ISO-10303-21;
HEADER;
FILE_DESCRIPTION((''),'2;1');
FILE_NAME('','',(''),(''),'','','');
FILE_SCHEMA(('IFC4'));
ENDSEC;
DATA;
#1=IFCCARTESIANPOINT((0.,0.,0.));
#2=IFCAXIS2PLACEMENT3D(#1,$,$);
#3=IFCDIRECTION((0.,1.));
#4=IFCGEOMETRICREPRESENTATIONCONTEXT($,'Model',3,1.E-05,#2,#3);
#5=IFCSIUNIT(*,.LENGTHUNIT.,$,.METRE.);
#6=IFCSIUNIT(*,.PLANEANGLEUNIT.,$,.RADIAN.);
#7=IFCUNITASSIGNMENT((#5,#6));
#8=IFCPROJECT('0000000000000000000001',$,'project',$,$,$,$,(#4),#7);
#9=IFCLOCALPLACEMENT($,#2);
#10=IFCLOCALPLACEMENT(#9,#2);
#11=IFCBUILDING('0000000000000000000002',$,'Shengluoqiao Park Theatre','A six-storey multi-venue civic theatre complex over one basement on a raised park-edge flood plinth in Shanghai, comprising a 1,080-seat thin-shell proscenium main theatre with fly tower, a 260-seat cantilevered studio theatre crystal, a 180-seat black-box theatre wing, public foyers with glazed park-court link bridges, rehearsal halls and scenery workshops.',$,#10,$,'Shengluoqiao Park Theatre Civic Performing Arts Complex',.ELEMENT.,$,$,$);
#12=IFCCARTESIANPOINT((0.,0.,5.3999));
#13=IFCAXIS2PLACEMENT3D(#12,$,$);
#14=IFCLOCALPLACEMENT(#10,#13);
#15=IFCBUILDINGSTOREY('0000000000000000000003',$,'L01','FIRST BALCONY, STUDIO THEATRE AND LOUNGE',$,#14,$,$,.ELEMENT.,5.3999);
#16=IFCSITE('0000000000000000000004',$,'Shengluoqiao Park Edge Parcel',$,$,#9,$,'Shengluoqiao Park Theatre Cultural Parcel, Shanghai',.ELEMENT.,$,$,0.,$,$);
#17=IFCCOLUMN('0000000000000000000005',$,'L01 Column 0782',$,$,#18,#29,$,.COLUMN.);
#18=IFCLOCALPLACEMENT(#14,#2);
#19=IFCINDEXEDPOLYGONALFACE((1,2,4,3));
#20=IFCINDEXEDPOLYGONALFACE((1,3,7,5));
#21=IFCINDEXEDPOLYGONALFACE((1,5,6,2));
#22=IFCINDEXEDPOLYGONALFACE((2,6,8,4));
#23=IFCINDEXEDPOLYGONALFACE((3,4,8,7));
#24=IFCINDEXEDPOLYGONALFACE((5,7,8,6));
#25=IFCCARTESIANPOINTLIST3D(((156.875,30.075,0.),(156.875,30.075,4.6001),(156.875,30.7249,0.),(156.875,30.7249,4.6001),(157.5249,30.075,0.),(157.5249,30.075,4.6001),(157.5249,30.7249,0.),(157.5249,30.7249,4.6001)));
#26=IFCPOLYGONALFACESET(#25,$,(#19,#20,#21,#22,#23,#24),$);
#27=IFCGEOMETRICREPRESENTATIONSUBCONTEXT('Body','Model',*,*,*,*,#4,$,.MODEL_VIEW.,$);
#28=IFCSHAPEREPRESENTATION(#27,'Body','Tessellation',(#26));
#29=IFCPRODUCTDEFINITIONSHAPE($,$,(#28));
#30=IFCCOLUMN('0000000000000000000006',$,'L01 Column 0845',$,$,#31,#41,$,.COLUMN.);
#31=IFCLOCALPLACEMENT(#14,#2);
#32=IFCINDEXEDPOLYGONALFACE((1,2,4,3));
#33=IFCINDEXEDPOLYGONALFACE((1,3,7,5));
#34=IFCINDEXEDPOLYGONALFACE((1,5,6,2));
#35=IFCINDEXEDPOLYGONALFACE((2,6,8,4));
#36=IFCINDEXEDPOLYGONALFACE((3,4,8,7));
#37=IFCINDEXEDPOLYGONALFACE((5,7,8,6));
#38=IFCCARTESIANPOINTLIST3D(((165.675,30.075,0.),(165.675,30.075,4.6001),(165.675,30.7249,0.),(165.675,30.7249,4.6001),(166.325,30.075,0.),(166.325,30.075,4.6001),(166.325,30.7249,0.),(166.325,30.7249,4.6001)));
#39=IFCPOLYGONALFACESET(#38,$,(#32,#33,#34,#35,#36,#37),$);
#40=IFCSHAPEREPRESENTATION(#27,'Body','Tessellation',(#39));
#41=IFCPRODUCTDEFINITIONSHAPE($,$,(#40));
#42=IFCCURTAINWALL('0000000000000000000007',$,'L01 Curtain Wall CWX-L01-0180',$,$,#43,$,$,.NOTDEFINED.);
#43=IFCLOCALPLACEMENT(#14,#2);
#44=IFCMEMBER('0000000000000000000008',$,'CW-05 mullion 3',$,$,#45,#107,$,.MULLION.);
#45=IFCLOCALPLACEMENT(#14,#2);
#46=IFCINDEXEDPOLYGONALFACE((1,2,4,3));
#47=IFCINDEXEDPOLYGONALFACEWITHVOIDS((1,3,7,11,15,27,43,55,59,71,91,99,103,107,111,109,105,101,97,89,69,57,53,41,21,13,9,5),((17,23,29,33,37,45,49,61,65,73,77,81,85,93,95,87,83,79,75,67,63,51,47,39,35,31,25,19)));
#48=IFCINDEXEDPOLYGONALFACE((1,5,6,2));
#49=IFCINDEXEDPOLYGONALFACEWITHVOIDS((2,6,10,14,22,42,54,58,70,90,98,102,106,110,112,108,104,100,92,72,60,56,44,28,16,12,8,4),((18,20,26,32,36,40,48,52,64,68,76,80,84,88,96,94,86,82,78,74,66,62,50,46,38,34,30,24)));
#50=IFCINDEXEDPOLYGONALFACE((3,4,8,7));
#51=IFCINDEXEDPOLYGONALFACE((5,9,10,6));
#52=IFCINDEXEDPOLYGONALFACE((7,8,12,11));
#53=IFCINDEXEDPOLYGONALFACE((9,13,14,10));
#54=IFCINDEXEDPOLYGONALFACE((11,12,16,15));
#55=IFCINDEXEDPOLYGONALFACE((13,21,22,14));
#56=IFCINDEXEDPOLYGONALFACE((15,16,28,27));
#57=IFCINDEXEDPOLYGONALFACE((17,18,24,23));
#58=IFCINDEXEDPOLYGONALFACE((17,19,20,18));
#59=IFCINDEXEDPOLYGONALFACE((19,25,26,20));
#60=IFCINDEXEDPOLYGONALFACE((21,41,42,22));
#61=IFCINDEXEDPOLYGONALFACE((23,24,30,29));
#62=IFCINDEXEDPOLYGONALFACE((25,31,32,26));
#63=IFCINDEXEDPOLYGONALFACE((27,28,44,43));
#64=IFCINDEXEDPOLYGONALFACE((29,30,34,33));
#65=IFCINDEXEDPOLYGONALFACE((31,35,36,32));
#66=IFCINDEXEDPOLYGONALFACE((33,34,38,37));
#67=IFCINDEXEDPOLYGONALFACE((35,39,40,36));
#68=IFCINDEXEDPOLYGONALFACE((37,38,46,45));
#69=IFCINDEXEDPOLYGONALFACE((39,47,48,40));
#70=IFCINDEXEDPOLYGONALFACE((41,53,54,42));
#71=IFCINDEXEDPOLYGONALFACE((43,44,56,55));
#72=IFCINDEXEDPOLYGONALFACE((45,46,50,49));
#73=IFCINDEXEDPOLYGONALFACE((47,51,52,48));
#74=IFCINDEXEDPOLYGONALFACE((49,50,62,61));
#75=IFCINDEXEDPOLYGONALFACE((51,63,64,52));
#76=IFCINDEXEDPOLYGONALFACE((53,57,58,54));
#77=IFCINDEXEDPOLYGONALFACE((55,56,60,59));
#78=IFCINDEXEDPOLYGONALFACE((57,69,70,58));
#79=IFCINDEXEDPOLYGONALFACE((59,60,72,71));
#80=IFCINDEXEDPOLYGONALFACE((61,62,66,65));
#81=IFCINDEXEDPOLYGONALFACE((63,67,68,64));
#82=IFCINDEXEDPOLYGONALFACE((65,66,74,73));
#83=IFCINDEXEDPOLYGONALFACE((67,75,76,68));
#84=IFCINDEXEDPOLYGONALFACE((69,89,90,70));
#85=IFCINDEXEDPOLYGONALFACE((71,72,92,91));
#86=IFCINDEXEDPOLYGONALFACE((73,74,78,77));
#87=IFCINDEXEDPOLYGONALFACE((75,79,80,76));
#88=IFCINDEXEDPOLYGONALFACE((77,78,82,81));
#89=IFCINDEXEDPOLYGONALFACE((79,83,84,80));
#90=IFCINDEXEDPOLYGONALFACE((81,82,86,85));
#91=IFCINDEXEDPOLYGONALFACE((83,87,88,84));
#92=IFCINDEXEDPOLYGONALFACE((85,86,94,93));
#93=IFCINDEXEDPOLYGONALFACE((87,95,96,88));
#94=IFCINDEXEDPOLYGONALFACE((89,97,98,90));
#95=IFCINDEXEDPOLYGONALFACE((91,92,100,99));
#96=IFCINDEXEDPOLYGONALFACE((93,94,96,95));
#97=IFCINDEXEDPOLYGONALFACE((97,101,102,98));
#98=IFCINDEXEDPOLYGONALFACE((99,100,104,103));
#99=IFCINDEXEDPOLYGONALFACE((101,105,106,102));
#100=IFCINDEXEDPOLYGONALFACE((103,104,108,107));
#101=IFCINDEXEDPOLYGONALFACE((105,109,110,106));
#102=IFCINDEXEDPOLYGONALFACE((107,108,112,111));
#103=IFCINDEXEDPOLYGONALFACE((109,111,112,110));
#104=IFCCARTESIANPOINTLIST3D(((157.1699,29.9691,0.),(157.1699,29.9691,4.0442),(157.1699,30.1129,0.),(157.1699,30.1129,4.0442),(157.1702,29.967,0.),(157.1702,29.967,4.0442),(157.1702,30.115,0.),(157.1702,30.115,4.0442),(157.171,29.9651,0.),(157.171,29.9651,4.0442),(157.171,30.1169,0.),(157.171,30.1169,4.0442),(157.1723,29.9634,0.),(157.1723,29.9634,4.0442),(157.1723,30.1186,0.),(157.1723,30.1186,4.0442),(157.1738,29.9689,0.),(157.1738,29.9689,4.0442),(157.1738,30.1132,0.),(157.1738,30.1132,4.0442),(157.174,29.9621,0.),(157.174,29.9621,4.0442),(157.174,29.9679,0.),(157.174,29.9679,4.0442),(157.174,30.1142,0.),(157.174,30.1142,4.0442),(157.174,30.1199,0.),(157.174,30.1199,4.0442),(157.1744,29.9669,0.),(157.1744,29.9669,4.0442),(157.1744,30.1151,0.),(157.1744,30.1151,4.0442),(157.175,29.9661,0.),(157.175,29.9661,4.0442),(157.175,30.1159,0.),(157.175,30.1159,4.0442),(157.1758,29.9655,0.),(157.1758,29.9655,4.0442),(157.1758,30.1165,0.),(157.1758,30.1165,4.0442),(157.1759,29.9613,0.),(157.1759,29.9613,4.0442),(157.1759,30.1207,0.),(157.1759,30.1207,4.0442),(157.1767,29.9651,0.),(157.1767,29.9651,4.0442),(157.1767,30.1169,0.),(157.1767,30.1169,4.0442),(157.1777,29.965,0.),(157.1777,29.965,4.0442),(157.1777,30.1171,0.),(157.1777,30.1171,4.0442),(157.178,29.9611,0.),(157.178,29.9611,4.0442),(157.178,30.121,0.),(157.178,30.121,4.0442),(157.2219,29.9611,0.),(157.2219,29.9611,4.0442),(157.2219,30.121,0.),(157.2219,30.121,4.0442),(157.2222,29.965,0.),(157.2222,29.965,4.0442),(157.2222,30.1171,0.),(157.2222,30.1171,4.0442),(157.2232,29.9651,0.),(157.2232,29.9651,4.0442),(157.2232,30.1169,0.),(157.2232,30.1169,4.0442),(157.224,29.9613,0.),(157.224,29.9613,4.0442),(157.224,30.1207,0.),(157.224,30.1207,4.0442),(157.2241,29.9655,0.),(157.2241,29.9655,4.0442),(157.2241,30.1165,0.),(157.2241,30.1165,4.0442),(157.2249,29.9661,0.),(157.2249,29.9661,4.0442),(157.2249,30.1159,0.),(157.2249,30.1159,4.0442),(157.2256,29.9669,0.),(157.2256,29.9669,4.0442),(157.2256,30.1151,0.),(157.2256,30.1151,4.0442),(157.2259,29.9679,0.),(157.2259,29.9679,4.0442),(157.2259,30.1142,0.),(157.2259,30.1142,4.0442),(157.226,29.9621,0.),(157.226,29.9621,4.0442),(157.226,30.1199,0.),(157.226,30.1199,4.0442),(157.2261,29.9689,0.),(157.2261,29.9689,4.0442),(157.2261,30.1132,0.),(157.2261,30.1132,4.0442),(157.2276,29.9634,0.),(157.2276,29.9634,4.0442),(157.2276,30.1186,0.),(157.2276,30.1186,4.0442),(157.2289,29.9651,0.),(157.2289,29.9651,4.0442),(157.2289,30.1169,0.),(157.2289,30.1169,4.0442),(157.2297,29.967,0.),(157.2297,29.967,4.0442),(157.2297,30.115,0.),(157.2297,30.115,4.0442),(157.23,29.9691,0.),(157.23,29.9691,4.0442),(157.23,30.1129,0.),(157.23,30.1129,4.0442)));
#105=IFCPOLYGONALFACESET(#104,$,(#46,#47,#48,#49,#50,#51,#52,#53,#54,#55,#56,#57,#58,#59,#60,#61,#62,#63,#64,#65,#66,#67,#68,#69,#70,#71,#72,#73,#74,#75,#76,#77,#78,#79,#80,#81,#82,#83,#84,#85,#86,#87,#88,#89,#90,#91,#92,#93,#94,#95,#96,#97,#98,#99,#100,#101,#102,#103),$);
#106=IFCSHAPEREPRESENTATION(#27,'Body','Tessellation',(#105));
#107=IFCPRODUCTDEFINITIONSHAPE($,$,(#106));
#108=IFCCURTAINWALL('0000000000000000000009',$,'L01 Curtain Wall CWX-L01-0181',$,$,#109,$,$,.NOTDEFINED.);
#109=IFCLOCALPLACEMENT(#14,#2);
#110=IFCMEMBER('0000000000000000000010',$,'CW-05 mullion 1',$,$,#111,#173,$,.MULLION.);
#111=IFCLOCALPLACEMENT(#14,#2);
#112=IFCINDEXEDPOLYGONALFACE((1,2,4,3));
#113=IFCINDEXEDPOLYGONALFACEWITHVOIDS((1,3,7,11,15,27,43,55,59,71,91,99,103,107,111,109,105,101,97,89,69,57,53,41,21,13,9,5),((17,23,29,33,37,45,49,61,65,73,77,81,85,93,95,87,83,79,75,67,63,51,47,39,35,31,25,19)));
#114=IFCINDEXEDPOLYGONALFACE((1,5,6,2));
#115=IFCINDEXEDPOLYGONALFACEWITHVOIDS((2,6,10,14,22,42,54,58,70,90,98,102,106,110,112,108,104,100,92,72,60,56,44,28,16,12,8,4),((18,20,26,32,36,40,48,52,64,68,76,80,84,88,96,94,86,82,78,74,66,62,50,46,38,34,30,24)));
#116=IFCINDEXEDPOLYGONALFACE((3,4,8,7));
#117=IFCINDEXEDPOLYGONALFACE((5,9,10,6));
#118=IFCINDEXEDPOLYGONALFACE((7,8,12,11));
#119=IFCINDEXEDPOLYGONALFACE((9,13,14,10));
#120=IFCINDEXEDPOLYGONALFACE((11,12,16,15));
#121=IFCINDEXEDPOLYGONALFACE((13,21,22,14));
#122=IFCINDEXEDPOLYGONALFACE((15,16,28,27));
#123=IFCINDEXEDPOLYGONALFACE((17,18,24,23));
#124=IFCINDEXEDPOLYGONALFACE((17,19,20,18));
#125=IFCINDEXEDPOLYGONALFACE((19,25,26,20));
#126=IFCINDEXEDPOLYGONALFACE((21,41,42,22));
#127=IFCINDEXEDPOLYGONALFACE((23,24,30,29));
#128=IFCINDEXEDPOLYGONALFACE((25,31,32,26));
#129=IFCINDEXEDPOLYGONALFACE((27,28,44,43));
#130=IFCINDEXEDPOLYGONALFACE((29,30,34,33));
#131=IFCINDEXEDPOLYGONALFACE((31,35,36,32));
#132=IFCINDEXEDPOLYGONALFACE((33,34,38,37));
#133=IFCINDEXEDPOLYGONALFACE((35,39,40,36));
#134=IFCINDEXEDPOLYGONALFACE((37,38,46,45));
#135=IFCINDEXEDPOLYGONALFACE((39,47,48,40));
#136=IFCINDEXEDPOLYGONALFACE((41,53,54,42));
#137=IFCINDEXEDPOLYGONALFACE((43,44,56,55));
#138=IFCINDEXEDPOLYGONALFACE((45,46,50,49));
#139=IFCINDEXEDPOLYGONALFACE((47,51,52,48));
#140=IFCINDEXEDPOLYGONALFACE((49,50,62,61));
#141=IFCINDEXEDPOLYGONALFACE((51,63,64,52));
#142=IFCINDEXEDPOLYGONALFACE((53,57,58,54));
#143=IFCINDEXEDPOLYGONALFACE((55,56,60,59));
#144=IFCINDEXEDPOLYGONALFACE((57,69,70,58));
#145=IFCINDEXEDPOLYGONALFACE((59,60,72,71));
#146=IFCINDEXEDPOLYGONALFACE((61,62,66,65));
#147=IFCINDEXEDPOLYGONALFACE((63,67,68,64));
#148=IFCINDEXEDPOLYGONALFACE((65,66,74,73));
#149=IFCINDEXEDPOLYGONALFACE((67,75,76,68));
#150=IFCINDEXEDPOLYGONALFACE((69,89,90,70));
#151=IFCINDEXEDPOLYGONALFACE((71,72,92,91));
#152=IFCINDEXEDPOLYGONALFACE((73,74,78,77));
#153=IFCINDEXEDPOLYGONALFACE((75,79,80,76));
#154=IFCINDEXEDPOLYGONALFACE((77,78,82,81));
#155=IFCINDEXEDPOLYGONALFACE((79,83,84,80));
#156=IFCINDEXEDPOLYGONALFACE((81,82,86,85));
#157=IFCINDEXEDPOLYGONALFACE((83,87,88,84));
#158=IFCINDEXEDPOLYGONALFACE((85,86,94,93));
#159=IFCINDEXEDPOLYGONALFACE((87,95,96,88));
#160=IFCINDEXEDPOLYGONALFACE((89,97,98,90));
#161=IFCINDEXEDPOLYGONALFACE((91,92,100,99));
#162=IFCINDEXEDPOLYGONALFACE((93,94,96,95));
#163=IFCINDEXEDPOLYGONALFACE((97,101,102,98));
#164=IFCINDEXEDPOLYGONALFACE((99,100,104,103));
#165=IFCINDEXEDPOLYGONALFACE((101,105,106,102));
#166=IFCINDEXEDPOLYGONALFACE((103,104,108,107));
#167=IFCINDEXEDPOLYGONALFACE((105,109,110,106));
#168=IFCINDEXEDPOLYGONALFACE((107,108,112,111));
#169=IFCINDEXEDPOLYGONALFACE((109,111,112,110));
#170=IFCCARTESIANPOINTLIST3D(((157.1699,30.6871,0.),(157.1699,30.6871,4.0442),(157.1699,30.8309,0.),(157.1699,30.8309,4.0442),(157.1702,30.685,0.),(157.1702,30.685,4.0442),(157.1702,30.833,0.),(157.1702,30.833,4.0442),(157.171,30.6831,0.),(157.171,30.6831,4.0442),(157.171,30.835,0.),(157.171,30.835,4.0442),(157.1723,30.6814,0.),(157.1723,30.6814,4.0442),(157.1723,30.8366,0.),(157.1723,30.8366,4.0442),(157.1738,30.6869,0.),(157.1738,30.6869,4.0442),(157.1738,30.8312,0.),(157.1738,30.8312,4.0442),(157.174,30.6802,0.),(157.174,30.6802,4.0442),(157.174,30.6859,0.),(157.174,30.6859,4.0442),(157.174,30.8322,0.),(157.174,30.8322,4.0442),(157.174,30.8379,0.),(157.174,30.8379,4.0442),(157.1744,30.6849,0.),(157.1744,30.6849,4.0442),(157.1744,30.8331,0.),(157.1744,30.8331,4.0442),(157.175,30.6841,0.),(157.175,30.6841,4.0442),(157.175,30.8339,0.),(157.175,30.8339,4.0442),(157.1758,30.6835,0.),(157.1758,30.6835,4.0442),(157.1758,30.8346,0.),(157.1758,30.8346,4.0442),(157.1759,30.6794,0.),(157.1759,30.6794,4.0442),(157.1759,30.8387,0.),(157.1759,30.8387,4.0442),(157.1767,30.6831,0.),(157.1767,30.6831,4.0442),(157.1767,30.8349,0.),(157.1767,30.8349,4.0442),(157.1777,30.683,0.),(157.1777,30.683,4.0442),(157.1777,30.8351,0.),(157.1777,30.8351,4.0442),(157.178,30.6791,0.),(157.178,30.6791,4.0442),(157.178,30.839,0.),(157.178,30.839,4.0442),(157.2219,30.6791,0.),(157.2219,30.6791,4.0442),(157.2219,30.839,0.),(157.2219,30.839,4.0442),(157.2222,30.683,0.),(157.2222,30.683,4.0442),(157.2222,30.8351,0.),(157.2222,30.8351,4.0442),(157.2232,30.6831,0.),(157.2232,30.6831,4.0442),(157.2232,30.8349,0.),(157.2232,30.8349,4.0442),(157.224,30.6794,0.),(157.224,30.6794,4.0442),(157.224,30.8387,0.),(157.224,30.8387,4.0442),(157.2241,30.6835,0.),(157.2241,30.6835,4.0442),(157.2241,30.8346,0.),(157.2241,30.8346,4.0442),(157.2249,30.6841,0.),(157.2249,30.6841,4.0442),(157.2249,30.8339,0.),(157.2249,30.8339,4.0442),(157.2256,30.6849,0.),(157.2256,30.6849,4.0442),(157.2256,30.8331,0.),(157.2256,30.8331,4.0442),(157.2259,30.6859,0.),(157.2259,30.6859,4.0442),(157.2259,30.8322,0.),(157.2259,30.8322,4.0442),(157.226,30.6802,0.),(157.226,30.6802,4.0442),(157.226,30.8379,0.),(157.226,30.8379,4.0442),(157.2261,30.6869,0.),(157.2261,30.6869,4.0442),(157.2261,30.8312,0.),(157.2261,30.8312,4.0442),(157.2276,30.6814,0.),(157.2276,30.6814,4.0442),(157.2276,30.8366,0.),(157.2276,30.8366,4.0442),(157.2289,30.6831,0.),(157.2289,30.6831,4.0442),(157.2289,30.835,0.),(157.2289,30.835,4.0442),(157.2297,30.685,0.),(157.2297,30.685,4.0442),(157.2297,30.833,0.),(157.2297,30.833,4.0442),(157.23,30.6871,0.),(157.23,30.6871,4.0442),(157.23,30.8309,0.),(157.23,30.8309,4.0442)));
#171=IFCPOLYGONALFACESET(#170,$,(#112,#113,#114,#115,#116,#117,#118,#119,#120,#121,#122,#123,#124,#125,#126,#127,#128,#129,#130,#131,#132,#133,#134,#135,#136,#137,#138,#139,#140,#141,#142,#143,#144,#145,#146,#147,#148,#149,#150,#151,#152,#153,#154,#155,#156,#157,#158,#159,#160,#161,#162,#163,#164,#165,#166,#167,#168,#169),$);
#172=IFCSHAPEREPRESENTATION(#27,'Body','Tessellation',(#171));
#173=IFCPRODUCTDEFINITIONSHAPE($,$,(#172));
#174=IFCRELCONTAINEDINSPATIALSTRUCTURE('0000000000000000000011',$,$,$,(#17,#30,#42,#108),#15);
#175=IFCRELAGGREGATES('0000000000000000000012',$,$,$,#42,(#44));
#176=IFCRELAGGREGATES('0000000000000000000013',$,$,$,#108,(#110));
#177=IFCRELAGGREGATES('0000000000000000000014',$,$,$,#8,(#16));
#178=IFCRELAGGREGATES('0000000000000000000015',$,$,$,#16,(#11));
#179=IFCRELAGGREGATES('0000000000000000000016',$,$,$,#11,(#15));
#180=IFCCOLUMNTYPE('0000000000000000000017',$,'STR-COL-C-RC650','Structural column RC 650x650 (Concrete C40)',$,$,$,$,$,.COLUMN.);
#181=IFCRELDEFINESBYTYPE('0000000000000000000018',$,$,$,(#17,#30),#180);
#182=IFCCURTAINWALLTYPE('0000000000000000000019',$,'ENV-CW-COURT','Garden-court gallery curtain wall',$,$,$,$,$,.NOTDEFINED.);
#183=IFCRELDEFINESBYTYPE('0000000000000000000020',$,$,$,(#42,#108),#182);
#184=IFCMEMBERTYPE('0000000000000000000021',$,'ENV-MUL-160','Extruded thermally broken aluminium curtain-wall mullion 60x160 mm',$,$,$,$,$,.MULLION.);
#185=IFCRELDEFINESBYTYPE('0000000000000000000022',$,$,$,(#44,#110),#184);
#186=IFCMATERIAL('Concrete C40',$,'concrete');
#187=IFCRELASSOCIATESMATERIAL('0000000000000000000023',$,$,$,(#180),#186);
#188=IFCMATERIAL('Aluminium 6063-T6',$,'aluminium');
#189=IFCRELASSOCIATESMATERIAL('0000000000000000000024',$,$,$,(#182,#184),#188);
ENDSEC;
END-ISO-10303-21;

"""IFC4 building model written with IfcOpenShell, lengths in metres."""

from ifc_helpers import new_model, si_unit, direction, frame, origin, origin_2d, place, context, subcontext, project, spatial, rectangle, hollow_rectangle, extrude, material, material_profile, profile_set, type_object, element, aggregate, save


model = new_model("IFC4")

# Units and contexts
model_context = context("Model", 3, precision=1e-05, world=origin(), true_north=direction((0.0, 1.0)))
body_context = subcontext(model_context, "Body", "Model", "MODEL_VIEW")
ifc_project = project(units=[si_unit("LENGTHUNIT", "METRE"), si_unit("PLANEANGLEUNIT", "RADIAN")], contexts=[model_context])

# Site, building, storey
site_placement = place(None, origin())
site = spatial("IfcSite", under=ifc_project, at=site_placement, Name="Shengluoqiao Park Edge Parcel", LongName="Shengluoqiao Park Theatre Cultural Parcel, Shanghai", CompositionType="ELEMENT", RefElevation=0.0)
building_placement = place(site_placement, origin())
building = spatial("IfcBuilding", under=site, at=building_placement, Name="Shengluoqiao Park Theatre", Description="A six-storey multi-venue civic theatre complex over one basement on a raised park-edge flood plinth in Shanghai, comprising a 1,080-seat thin-shell proscenium main theatre with fly tower, a 260-seat cantilevered studio theatre crystal, a 180-seat black-box theatre wing, public foyers with glazed park-court link bridges, rehearsal halls and scenery workshops.", LongName="Shengluoqiao Park Theatre Civic Performing Arts Complex", CompositionType="ELEMENT")
storey_placement = place(building_placement, frame((0.0, 0.0, 5.3999)))
storey = spatial("IfcBuildingStorey", under=building, at=storey_placement, Name="L01", Description="FIRST BALCONY, STUDIO THEATRE AND LOUNGE", CompositionType="ELEMENT", Elevation=5.3999)

# Columns
ifc_material_1 = material(Name="Concrete C40", Category="concrete")
ifc_material_profile_1 = material_profile(ifc_material_1, rectangle(XDim=0.6499, YDim=0.6499, at=origin_2d()), Name="RC 650x650")
ifc_profile_set_1 = profile_set([ifc_material_profile_1], Name="Concrete C40")
column_type = type_object("IfcColumnType", Name="STR-COL-C-RC650", Description="Structural column RC 650x650 (Concrete C40)", PredefinedType="COLUMN", material=ifc_profile_set_1)
for number, where, z_axis, x_axis, name in (
    (1, (157.2, 30.3999, 0.0), (0.0, 0.0, 1.0), (1.0, 0.0, 0.0), "L01 Column 0782"),
    (2, (166.0, 30.3999, 0.0), (0.0, 0.0, 1.0), (1.0, 0.0, 0.0), "L01 Column 0845"),
):
    element("IfcColumn", number, at=place(storey_placement, frame(where, z_axis=z_axis, x_axis=x_axis)), inside=storey, type_object=column_type, Name=name, PredefinedType="COLUMN", context=body_context, shape_type="SweptSolid", body=[
        extrude(rectangle(XDim=0.6499, YDim=0.6499, at=origin_2d()), origin(), (0.0, 0.0, 1.0), 4.6001),
    ])

# Curtain wall, member
ifc_material_2 = material(Name="Aluminium 6063-T6", Category="aluminium")
curtain_wall_type = type_object("IfcCurtainWallType", Name="ENV-CW-COURT", Description="Garden-court gallery curtain wall", PredefinedType="NOTDEFINED", material=ifc_material_2)
curtain_wall_1_placement = place(storey_placement, origin())
curtain_wall_1 = element("IfcCurtainWall", 3, at=curtain_wall_1_placement, inside=storey, type_object=curtain_wall_type, Name="L01 Curtain Wall CWX-L01-0180", PredefinedType="NOTDEFINED")
ifc_material_profile_2 = material_profile(ifc_material_2, hollow_rectangle(XDim=0.0601, YDim=0.1599, WallThickness=0.0039, InnerFilletRadius=0.0039, OuterFilletRadius=0.0081, at=origin_2d()), Name="ALU MULLION 160x60x4")
ifc_profile_set_2 = profile_set([ifc_material_profile_2], Name="Aluminium 6063-T6")
member_type_1 = type_object("IfcMemberType", Name="ENV-MUL-160", Description="Extruded thermally broken aluminium curtain-wall mullion 60x160 mm", PredefinedType="MULLION", material=ifc_profile_set_2)
member_1_placement = place(storey_placement, frame((157.2, 30.041, 0.0), z_axis=(0.0, 0.0, 1.0), x_axis=(-1.0, 0.0, 0.0)))
member_1 = element("IfcMember", 4, at=member_1_placement, type_object=member_type_1, Name="CW-05 mullion 3", PredefinedType="MULLION", context=body_context, shape_type="SweptSolid", body=[
    extrude(hollow_rectangle(XDim=0.0601, YDim=0.1599, WallThickness=0.0039, InnerFilletRadius=0.0039, OuterFilletRadius=0.0081, at=origin_2d()), origin(), (0.0, 0.0, 1.0), 4.0442),
])

# Curtain wall, member
curtain_wall_2_placement = place(storey_placement, origin())
curtain_wall_2 = element("IfcCurtainWall", 5, at=curtain_wall_2_placement, inside=storey, type_object=curtain_wall_type, Name="L01 Curtain Wall CWX-L01-0181", PredefinedType="NOTDEFINED")
member_2_placement = place(storey_placement, frame((157.2, 30.759, 0.0), z_axis=(0.0, 0.0, 1.0), x_axis=(-1.0, 0.0, 0.0)))
member_2 = element("IfcMember", 6, at=member_2_placement, type_object=member_type_1, Name="CW-05 mullion 1", PredefinedType="MULLION", context=body_context, shape_type="SweptSolid", body=[
    extrude(hollow_rectangle(XDim=0.0601, YDim=0.1599, WallThickness=0.0039, InnerFilletRadius=0.0039, OuterFilletRadius=0.0081, at=origin_2d()), origin(), (0.0, 0.0, 1.0), 4.0442),
])

aggregate(curtain_wall_1, [member_1])
aggregate(curtain_wall_2, [member_2])

save(model, "model.ifc")
